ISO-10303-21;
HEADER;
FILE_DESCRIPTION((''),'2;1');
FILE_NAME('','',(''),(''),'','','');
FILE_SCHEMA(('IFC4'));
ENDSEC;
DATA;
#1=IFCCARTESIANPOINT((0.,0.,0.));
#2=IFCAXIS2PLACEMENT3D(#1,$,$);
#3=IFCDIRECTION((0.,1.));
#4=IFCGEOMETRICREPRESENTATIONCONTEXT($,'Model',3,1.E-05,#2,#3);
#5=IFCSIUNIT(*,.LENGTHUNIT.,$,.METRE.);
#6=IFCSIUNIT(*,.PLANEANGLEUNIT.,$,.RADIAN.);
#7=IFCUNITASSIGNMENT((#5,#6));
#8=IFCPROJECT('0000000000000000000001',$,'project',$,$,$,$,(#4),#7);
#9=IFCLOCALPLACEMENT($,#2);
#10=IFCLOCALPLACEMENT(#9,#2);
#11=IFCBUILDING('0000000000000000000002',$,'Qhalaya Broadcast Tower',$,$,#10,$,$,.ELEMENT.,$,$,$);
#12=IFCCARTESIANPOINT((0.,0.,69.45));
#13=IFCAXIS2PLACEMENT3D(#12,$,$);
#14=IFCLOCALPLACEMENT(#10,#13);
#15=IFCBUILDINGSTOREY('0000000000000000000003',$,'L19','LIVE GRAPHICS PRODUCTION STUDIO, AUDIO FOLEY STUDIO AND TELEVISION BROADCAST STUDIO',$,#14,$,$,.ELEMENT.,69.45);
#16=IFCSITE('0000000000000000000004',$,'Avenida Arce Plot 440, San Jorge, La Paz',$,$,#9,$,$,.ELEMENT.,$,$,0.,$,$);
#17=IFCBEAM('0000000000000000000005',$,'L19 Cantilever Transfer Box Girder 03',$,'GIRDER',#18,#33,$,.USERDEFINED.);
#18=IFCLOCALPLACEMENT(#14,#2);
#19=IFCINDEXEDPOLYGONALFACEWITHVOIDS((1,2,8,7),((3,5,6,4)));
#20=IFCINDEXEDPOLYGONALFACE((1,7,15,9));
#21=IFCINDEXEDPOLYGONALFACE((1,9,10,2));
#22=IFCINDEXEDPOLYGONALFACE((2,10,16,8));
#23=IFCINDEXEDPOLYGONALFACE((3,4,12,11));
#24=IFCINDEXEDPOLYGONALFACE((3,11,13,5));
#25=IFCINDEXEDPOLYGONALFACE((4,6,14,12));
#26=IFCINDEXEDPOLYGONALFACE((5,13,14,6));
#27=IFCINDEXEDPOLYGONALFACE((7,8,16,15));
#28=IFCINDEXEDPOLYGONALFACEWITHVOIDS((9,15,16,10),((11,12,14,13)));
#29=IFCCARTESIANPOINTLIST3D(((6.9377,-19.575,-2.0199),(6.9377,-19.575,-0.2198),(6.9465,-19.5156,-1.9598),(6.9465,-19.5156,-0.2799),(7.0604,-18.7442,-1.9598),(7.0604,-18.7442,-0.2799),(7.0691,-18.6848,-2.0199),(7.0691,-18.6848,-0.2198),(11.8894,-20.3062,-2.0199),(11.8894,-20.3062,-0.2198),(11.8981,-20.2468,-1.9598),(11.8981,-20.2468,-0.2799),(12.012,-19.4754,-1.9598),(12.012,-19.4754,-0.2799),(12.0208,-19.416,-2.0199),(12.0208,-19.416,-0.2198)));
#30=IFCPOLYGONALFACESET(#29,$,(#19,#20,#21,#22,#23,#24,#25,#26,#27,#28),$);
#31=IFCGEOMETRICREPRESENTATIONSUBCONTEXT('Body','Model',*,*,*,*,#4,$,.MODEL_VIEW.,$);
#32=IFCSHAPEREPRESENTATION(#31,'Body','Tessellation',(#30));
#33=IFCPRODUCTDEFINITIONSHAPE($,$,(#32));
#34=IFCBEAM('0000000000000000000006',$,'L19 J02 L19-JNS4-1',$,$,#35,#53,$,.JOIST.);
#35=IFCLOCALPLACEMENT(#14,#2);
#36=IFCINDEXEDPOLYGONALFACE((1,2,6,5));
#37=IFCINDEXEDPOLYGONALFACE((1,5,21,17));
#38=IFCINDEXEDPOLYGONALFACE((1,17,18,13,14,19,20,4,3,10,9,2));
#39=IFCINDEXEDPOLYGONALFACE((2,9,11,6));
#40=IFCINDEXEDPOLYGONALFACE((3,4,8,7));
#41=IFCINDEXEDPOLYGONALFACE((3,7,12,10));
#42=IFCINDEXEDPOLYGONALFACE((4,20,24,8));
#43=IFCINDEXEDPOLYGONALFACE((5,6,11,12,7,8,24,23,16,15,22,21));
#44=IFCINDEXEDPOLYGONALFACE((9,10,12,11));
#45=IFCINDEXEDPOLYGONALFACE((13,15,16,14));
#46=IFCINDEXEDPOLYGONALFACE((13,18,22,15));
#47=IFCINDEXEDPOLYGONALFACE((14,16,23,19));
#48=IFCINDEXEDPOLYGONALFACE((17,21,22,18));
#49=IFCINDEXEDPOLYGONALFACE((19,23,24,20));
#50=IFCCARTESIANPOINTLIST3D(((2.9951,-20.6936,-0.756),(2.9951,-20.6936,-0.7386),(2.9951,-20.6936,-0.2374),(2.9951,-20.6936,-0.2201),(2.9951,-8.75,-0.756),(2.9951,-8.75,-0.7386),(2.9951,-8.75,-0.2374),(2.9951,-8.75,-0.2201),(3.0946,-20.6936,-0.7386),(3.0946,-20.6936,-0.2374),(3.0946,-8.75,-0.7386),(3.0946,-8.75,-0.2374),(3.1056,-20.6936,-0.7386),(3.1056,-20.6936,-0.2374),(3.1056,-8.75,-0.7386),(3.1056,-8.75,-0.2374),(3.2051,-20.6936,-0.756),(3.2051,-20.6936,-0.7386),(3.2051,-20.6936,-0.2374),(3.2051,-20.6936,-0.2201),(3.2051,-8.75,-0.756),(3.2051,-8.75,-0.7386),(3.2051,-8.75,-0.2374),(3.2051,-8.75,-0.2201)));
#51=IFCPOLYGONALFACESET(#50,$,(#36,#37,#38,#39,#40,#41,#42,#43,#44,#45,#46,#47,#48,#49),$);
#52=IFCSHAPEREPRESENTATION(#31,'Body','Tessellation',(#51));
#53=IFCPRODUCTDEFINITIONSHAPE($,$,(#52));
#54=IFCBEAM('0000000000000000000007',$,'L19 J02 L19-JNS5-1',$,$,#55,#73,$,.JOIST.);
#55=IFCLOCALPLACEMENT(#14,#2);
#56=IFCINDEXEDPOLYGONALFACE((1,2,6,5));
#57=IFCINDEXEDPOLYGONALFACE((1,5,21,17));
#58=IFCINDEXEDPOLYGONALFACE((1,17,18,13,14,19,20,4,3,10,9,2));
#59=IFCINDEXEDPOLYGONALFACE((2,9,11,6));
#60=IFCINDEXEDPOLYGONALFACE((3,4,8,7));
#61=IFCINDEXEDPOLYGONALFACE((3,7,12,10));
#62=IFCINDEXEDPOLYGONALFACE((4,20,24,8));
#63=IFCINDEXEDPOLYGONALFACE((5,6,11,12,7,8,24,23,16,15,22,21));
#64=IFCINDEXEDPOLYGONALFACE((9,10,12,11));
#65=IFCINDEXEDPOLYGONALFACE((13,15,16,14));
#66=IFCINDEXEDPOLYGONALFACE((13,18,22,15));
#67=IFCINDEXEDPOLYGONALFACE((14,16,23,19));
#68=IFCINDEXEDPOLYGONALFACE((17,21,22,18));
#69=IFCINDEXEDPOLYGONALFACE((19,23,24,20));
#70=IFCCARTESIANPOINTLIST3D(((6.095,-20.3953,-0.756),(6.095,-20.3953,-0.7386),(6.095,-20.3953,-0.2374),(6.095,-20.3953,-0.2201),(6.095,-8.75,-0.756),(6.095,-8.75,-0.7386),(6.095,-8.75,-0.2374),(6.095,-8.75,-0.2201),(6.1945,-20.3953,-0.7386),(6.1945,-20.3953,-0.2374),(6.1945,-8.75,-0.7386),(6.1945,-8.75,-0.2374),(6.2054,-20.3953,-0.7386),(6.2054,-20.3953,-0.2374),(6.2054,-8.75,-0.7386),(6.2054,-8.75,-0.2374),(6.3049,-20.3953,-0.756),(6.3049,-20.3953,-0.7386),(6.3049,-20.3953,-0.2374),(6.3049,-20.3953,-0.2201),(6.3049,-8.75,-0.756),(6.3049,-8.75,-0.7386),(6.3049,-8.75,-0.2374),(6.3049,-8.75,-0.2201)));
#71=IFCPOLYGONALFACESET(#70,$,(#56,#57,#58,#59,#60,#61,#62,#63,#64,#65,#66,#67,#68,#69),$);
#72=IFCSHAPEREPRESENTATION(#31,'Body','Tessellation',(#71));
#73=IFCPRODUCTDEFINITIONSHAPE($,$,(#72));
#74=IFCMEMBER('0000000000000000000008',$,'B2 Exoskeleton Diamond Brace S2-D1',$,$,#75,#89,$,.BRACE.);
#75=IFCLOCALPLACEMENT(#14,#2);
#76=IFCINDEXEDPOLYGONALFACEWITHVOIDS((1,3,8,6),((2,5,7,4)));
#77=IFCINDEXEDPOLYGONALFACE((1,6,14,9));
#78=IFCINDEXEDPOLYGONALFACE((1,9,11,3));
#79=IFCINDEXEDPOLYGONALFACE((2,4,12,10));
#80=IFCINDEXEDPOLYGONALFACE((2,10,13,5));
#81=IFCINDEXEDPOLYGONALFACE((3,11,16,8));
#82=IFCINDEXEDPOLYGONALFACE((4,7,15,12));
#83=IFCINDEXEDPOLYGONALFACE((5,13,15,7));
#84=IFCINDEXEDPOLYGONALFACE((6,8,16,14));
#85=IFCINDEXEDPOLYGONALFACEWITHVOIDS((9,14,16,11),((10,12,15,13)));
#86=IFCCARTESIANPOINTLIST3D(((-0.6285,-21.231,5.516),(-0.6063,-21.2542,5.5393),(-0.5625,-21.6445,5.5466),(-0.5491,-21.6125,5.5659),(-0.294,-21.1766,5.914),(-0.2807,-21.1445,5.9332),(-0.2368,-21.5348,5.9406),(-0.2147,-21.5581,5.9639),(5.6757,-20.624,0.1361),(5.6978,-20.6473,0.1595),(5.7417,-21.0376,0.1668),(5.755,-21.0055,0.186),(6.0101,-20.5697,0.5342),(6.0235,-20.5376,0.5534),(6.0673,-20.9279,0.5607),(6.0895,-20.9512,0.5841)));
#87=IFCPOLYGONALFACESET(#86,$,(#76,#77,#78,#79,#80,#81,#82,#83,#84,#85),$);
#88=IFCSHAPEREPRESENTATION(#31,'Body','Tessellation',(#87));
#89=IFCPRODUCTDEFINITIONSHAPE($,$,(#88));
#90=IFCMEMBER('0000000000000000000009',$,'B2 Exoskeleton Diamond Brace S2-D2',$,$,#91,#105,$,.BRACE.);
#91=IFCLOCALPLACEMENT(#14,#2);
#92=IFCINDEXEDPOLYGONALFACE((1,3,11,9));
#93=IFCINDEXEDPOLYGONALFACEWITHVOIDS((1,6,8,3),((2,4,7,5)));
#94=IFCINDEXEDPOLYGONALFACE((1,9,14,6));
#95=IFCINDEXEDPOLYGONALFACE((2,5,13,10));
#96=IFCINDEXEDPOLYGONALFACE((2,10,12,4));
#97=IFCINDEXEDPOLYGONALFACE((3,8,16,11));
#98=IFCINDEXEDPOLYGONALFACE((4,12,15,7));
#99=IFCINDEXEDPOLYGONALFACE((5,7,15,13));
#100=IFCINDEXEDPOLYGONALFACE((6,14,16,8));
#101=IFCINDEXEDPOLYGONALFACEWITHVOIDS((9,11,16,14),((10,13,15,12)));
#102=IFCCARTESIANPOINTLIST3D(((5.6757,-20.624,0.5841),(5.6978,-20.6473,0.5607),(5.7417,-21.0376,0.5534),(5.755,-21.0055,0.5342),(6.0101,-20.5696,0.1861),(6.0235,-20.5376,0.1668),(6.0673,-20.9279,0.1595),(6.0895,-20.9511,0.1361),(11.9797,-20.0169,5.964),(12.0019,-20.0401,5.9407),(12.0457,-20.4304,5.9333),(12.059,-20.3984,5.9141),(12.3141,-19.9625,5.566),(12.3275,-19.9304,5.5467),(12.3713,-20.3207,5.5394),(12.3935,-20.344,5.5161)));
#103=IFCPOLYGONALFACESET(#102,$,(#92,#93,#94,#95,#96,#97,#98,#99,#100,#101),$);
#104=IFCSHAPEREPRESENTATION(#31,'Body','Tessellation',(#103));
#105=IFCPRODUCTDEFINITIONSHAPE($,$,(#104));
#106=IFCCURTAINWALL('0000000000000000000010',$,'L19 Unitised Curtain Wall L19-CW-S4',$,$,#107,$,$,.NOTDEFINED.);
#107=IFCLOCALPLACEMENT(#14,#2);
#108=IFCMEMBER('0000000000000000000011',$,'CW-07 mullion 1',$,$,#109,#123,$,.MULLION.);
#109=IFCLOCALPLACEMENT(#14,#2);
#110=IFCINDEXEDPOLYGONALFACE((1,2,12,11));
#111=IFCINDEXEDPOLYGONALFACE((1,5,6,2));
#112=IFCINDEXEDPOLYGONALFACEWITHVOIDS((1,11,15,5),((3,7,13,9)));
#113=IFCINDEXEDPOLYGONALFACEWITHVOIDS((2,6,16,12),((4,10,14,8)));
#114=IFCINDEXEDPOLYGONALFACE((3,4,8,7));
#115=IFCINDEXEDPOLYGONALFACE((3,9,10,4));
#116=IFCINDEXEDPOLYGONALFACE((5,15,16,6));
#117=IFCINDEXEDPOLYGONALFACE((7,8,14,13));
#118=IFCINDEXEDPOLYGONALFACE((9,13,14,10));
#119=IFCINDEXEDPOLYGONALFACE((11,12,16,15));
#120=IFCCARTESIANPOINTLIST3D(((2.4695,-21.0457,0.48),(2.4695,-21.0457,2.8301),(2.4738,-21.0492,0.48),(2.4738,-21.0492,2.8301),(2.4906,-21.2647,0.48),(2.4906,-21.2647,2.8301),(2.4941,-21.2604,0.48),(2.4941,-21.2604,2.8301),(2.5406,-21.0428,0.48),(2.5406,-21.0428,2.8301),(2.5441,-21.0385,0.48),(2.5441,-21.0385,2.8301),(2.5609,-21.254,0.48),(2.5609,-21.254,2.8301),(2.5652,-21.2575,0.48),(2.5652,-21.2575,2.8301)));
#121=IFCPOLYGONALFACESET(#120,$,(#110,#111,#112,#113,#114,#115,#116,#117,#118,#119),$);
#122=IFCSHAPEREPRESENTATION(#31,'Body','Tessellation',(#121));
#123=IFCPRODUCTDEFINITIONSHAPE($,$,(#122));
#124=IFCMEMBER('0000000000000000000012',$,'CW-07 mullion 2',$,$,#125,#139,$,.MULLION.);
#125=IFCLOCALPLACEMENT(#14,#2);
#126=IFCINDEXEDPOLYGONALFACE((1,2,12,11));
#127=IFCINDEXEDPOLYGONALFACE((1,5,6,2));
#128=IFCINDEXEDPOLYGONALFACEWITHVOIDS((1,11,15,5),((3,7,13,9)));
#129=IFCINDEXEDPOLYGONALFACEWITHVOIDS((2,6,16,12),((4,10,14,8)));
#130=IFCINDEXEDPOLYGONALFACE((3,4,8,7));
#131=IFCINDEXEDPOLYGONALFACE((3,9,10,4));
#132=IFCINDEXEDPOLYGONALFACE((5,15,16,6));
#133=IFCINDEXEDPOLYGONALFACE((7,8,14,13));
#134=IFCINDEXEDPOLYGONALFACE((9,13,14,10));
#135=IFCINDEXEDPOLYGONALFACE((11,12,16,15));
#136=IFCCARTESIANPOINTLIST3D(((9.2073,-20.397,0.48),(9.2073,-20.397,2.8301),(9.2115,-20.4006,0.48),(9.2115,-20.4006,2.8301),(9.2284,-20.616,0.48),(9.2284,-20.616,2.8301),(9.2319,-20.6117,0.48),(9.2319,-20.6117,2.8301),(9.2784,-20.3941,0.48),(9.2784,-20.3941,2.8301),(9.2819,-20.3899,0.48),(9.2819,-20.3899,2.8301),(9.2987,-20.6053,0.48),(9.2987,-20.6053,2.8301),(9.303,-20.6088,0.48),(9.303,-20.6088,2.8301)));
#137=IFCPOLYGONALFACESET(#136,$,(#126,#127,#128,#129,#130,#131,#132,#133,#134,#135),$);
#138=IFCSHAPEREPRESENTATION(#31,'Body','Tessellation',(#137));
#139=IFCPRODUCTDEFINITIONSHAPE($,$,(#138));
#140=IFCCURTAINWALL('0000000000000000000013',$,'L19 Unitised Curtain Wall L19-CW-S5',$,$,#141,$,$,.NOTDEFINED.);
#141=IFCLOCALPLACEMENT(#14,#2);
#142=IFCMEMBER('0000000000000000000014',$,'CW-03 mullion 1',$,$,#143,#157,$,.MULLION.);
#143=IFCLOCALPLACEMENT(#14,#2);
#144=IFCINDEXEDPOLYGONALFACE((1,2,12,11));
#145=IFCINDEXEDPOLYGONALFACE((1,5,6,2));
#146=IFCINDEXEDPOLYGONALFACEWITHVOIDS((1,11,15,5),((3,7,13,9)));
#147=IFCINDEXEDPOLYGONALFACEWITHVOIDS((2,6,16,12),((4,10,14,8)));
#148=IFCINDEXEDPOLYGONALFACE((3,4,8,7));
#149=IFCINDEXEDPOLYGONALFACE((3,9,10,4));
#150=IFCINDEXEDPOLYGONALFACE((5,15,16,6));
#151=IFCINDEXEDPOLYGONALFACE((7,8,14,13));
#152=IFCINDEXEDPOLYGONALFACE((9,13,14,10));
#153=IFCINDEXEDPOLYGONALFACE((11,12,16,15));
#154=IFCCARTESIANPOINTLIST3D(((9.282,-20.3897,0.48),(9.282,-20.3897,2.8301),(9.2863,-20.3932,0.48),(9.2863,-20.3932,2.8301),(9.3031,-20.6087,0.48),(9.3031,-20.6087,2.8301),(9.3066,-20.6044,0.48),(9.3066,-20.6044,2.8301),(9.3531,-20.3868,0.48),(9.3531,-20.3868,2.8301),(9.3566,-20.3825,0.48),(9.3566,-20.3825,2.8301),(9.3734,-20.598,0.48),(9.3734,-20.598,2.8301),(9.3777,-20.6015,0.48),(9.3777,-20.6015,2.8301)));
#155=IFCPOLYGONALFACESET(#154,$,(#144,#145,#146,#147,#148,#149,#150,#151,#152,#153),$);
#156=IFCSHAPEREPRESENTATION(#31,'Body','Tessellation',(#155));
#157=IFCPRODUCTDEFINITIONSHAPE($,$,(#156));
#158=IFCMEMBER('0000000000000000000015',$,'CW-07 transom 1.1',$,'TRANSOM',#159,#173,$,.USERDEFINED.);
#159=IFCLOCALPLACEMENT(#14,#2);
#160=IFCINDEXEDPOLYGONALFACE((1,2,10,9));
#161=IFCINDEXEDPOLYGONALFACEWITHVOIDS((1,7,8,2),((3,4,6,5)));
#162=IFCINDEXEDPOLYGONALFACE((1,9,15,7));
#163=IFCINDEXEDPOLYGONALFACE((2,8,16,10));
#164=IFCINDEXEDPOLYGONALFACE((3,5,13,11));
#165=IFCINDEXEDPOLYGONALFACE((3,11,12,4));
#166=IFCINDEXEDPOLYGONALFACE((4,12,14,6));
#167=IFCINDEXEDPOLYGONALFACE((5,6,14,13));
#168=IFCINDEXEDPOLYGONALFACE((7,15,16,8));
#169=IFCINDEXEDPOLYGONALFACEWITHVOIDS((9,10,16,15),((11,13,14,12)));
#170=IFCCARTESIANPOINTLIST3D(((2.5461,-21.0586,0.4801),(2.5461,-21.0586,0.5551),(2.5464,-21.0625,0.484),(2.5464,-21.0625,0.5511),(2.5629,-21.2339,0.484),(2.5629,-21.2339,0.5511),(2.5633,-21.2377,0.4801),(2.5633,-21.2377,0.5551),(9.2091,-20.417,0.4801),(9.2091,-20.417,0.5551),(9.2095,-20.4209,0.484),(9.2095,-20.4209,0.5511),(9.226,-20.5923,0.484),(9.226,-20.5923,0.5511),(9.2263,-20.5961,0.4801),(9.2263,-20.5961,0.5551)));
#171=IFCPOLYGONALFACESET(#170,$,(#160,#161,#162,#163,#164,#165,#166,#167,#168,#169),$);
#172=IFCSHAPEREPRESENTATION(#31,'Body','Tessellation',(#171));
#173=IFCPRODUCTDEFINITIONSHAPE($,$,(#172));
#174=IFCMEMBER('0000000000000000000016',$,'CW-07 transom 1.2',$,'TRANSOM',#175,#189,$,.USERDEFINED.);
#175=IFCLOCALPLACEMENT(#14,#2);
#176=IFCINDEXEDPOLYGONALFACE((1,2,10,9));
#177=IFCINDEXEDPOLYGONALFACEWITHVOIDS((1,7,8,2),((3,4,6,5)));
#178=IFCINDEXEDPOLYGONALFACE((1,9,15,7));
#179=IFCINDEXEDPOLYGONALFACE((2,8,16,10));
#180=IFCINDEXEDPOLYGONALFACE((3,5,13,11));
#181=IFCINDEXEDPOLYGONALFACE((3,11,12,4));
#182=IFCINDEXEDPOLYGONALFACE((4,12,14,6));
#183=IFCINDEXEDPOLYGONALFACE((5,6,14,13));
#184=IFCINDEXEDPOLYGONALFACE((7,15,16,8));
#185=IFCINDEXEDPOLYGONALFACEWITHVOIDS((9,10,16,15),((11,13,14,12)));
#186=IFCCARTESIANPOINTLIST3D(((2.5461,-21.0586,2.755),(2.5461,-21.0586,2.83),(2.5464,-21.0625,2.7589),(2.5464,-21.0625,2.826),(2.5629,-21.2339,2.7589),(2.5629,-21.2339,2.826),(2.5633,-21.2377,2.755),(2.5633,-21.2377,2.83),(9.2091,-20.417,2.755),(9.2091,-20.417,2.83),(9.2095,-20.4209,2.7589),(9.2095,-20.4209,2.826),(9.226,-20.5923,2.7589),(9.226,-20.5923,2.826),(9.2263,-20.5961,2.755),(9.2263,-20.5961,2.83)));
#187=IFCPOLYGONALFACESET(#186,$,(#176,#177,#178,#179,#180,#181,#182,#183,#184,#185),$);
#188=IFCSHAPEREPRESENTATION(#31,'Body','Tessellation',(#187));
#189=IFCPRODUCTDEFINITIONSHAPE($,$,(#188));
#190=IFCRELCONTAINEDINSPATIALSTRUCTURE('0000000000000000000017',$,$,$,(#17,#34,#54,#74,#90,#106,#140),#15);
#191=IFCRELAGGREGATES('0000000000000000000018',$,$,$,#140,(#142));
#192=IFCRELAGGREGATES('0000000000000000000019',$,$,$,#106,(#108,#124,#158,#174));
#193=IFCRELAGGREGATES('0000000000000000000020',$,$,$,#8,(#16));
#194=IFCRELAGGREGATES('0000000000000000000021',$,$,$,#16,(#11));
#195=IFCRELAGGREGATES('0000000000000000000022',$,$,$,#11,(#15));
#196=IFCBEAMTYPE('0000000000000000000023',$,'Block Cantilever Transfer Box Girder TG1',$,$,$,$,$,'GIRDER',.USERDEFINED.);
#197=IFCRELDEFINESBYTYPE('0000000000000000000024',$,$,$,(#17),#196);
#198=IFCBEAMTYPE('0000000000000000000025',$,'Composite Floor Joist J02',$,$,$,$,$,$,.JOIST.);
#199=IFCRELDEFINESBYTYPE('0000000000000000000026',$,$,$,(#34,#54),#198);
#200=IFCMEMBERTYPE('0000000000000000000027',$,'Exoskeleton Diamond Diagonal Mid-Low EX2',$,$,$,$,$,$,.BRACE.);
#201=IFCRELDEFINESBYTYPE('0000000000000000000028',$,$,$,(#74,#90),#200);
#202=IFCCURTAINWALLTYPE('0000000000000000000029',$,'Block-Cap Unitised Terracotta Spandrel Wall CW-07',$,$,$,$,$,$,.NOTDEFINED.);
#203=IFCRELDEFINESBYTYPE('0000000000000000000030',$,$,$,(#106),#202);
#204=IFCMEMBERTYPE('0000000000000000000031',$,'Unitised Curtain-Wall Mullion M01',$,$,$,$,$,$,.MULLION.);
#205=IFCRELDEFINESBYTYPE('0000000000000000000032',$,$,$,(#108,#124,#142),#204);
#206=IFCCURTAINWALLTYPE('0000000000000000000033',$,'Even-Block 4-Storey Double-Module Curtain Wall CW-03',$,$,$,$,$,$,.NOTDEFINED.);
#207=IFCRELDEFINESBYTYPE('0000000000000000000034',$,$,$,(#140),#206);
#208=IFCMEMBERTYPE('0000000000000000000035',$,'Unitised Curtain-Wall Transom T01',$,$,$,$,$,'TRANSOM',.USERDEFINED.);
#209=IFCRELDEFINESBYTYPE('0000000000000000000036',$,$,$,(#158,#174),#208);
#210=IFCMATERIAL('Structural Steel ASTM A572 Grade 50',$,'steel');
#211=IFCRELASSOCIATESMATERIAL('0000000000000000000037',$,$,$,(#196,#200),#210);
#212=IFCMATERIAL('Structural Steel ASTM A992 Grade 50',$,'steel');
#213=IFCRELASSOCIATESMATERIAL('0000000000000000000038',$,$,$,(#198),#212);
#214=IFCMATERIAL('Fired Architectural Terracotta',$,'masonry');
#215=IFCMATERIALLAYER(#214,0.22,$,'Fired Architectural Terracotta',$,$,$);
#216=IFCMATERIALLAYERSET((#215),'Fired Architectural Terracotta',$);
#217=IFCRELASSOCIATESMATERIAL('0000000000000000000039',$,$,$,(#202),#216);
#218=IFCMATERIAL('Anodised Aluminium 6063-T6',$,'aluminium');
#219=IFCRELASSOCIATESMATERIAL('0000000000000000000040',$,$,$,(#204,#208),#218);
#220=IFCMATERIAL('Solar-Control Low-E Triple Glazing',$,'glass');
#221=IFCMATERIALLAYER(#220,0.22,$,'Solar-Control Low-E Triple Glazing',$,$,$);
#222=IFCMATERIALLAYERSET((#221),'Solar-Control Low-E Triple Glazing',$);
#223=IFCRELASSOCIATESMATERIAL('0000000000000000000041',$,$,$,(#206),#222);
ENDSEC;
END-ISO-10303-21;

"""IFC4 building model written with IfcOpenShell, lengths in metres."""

from ifc_helpers import new_model, si_unit, direction, frame, origin, origin_2d, place, context, subcontext, project, spatial, hollow_rectangle, i_section, extrude, material, layer, layer_set, material_profile, profile_set, type_object, element, aggregate, save


model = new_model("IFC4")

# Units and contexts
model_context = context("Model", 3, precision=1e-05, world=origin(), true_north=direction((0.0, 1.0)))
body_context = subcontext(model_context, "Body", "Model", "MODEL_VIEW")
ifc_project = project(units=[si_unit("LENGTHUNIT", "METRE"), si_unit("PLANEANGLEUNIT", "RADIAN")], contexts=[model_context])

# Site, building, storey
site_placement = place(None, origin())
site = spatial("IfcSite", under=ifc_project, at=site_placement, Name="Avenida Arce Plot 440, San Jorge, La Paz", CompositionType="ELEMENT", RefElevation=0.0)
building_placement = place(site_placement, origin())
building = spatial("IfcBuilding", under=site, at=building_placement, Name="Qhalaya Broadcast Tower", CompositionType="ELEMENT")
storey_placement = place(building_placement, frame((0.0, 0.0, 69.45)))
storey = spatial("IfcBuildingStorey", under=building, at=storey_placement, Name="L19", Description="LIVE GRAPHICS PRODUCTION STUDIO, AUDIO FOLEY STUDIO AND TELEVISION BROADCAST STUDIO", CompositionType="ELEMENT", Elevation=69.45)

# Beams
ifc_material_1 = material(Name="Structural Steel ASTM A572 Grade 50", Category="steel")
ifc_material_profile_1 = material_profile(ifc_material_1, hollow_rectangle(XDim=0.8999, YDim=1.8, WallThickness=0.0601, at=origin_2d()), Name="BOX 900x1800x60")
ifc_profile_set_1 = profile_set([ifc_material_profile_1], Name="Structural Steel ASTM A572 Grade 50")
beam_type_1 = type_object("IfcBeamType", Name="Block Cantilever Transfer Box Girder TG1", ElementType="GIRDER", PredefinedType="USERDEFINED", material=ifc_profile_set_1)
beam_1_placement = place(storey_placement, frame((7.0034, -19.1299, -1.1199), z_axis=(0.989272, -0.146084, 0.0), x_axis=(0.146084, 0.989272, 0.0)))
element("IfcBeam", 1, at=beam_1_placement, inside=storey, type_object=beam_type_1, Name="L19 Cantilever Transfer Box Girder 03", ObjectType="GIRDER", PredefinedType="USERDEFINED", context=body_context, shape_type="SweptSolid", body=[
    extrude(hollow_rectangle(XDim=0.8999, YDim=1.8, WallThickness=0.0601, at=origin_2d()), origin(), (0.0, 0.0, 1.0), 5.0054),
])
ifc_material_2 = material(Name="Structural Steel ASTM A992 Grade 50", Category="steel")
ifc_material_profile_2 = material_profile(ifc_material_2, i_section(OverallWidth=0.21, OverallDepth=0.5359, WebThickness=0.011, FlangeThickness=0.0173, at=origin_2d()), Name="W21X68")
ifc_profile_set_2 = profile_set([ifc_material_profile_2], Name="Structural Steel ASTM A992 Grade 50")
beam_type_2 = type_object("IfcBeamType", Name="Composite Floor Joist J02", PredefinedType="JOIST", material=ifc_profile_set_2)
beam_2_placement = place(storey_placement, frame((3.1001, -20.6936, -0.488), z_axis=(0.0, 1.0, 0.0), x_axis=(-1.0, 0.0, 0.0)))
element("IfcBeam", 2, at=beam_2_placement, inside=storey, type_object=beam_type_2, Name="L19 J02 L19-JNS4-1", PredefinedType="JOIST", context=body_context, shape_type="SweptSolid", body=[
    extrude(i_section(OverallWidth=0.21, OverallDepth=0.5359, WebThickness=0.011, FlangeThickness=0.0173, at=origin_2d()), origin(), (0.0, 0.0, 1.0), 11.9436),
])
beam_3_placement = place(storey_placement, frame((6.2, -20.3953, -0.488), z_axis=(0.0, 1.0, 0.0), x_axis=(-1.0, 0.0, 0.0)))
element("IfcBeam", 3, at=beam_3_placement, inside=storey, type_object=beam_type_2, Name="L19 J02 L19-JNS5-1", PredefinedType="JOIST", context=body_context, shape_type="SweptSolid", body=[
    extrude(i_section(OverallWidth=0.21, OverallDepth=0.5359, WebThickness=0.011, FlangeThickness=0.0173, at=origin_2d()), origin(), (0.0, 0.0, 1.0), 11.6453),
])

# Members
ifc_material_profile_3 = material_profile(ifc_material_1, hollow_rectangle(XDim=0.4199, YDim=0.55, WallThickness=0.0281, at=origin_2d()), Name="BOX 420x550x28")
ifc_profile_set_3 = profile_set([ifc_material_profile_3], Name="Structural Steel ASTM A572 Grade 50")
member_type_1 = type_object("IfcMemberType", Name="Exoskeleton Diamond Diagonal Mid-Low EX2", PredefinedType="BRACE", material=ifc_profile_set_3)
for number, where, z_axis, x_axis, name in (
    (4, (5.8826, -20.7876, 0.3601), (-0.758637, -0.073037, 0.647406), (0.157156, -0.984869, 0.073048), "B2 Exoskeleton Diamond Brace S2-D1"),
    (5, (5.8826, -20.7876, 0.3601), (0.758623, 0.073068, 0.647419), (-0.157198, 0.984862, 0.073047), "B2 Exoskeleton Diamond Brace S2-D2"),
):
    element("IfcMember", number, at=place(storey_placement, frame(where, z_axis=z_axis, x_axis=x_axis)), inside=storey, type_object=member_type_1, Name=name, PredefinedType="BRACE", context=body_context, shape_type="SweptSolid", body=[
        extrude(hollow_rectangle(XDim=0.4199, YDim=0.55, WallThickness=0.0281, at=origin_2d()), origin(), (0.0, 0.0, 1.0), 8.3098),
    ])

# Curtain wall, members
ifc_material_3 = material(Name="Fired Architectural Terracotta", Category="masonry")
ifc_layer_1 = layer(ifc_material_3, 0.22, Name="Fired Architectural Terracotta")
ifc_layer_set_1 = layer_set([ifc_layer_1], Name="Fired Architectural Terracotta")
curtain_wall_type_1 = type_object("IfcCurtainWallType", Name="Block-Cap Unitised Terracotta Spandrel Wall CW-07", PredefinedType="NOTDEFINED", material=ifc_layer_set_1)
curtain_wall_1_placement = place(storey_placement, origin())
curtain_wall_1 = element("IfcCurtainWall", 6, at=curtain_wall_1_placement, inside=storey, type_object=curtain_wall_type_1, Name="L19 Unitised Curtain Wall L19-CW-S4", PredefinedType="NOTDEFINED")
ifc_material_4 = material(Name="Anodised Aluminium 6063-T6", Category="aluminium")
ifc_material_profile_4 = material_profile(ifc_material_4, hollow_rectangle(XDim=0.075, YDim=0.22, WallThickness=0.0039, at=origin_2d()), Name="ALU-MUL 75x220x4")
ifc_profile_set_4 = profile_set([ifc_material_profile_4], Name="Anodised Aluminium 6063-T6")
member_type_2 = type_object("IfcMemberType", Name="Unitised Curtain-Wall Mullion M01", PredefinedType="MULLION", material=ifc_profile_set_4)
member_1_placement = place(storey_placement, frame((2.5173, -21.1516, 0.48), z_axis=(0.0, 0.0, 1.0), x_axis=(0.995396, 0.09585, 0.0)))
member_1 = element("IfcMember", 7, at=member_1_placement, type_object=member_type_2, Name="CW-07 mullion 1", PredefinedType="MULLION", context=body_context, shape_type="SweptSolid", body=[
    extrude(hollow_rectangle(XDim=0.075, YDim=0.22, WallThickness=0.0039, at=origin_2d()), origin(), (0.0, 0.0, 1.0), 2.3501),
])
member_2_placement = place(storey_placement, frame((9.2551, -20.5029, 0.48), z_axis=(0.0, 0.0, 1.0), x_axis=(0.995396, 0.09585, 0.0)))
member_2 = element("IfcMember", 8, at=member_2_placement, type_object=member_type_2, Name="CW-07 mullion 2", PredefinedType="MULLION", context=body_context, shape_type="SweptSolid", body=[
    extrude(hollow_rectangle(XDim=0.075, YDim=0.22, WallThickness=0.0039, at=origin_2d()), origin(), (0.0, 0.0, 1.0), 2.3501),
])

# Curtain wall, member
ifc_material_5 = material(Name="Solar-Control Low-E Triple Glazing", Category="glass")
ifc_layer_2 = layer(ifc_material_5, 0.22, Name="Solar-Control Low-E Triple Glazing")
ifc_layer_set_2 = layer_set([ifc_layer_2], Name="Solar-Control Low-E Triple Glazing")
curtain_wall_type_2 = type_object("IfcCurtainWallType", Name="Even-Block 4-Storey Double-Module Curtain Wall CW-03", PredefinedType="NOTDEFINED", material=ifc_layer_set_2)
curtain_wall_2_placement = place(storey_placement, origin())
curtain_wall_2 = element("IfcCurtainWall", 9, at=curtain_wall_2_placement, inside=storey, type_object=curtain_wall_type_2, Name="L19 Unitised Curtain Wall L19-CW-S5", PredefinedType="NOTDEFINED")
member_3_placement = place(storey_placement, frame((9.3298, -20.4956, 0.48), z_axis=(0.0, 0.0, 1.0), x_axis=(0.995396, 0.095844, 0.0)))
member_3 = element("IfcMember", 10, at=member_3_placement, type_object=member_type_2, Name="CW-03 mullion 1", PredefinedType="MULLION", context=body_context, shape_type="SweptSolid", body=[
    extrude(hollow_rectangle(XDim=0.075, YDim=0.22, WallThickness=0.0039, at=origin_2d()), origin(), (0.0, 0.0, 1.0), 2.3501),
])

# Members
ifc_material_profile_5 = material_profile(ifc_material_4, hollow_rectangle(XDim=0.075, YDim=0.1799, WallThickness=0.0039, at=origin_2d()), Name="ALU-TRN 75x180x4")
ifc_profile_set_5 = profile_set([ifc_material_profile_5], Name="Anodised Aluminium 6063-T6")
member_type_3 = type_object("IfcMemberType", Name="Unitised Curtain-Wall Transom T01", ElementType="TRANSOM", PredefinedType="USERDEFINED", material=ifc_profile_set_5)
member_4_placement = place(storey_placement, frame((2.5547, -21.1482, 0.5176), z_axis=(0.995396, 0.095849, 0.0), x_axis=(0.0, 0.0, 1.0)))
member_4 = element("IfcMember", 11, at=member_4_placement, type_object=member_type_3, Name="CW-07 transom 1.1", ObjectType="TRANSOM", PredefinedType="USERDEFINED", context=body_context, shape_type="SweptSolid", body=[
    extrude(hollow_rectangle(XDim=0.075, YDim=0.1799, WallThickness=0.0039, at=origin_2d()), origin(), (0.0, 0.0, 1.0), 6.6938),
])
member_5_placement = place(storey_placement, frame((2.5547, -21.1482, 2.7925), z_axis=(0.995396, 0.095849, 0.0), x_axis=(0.0, 0.0, 1.0)))
member_5 = element("IfcMember", 12, at=member_5_placement, type_object=member_type_3, Name="CW-07 transom 1.2", ObjectType="TRANSOM", PredefinedType="USERDEFINED", context=body_context, shape_type="SweptSolid", body=[
    extrude(hollow_rectangle(XDim=0.075, YDim=0.1799, WallThickness=0.0039, at=origin_2d()), origin(), (0.0, 0.0, 1.0), 6.6938),
])
aggregate(curtain_wall_2, [member_3])

aggregate(curtain_wall_1, [member_1, member_2, member_4, member_5])

save(model, "model.ifc")
